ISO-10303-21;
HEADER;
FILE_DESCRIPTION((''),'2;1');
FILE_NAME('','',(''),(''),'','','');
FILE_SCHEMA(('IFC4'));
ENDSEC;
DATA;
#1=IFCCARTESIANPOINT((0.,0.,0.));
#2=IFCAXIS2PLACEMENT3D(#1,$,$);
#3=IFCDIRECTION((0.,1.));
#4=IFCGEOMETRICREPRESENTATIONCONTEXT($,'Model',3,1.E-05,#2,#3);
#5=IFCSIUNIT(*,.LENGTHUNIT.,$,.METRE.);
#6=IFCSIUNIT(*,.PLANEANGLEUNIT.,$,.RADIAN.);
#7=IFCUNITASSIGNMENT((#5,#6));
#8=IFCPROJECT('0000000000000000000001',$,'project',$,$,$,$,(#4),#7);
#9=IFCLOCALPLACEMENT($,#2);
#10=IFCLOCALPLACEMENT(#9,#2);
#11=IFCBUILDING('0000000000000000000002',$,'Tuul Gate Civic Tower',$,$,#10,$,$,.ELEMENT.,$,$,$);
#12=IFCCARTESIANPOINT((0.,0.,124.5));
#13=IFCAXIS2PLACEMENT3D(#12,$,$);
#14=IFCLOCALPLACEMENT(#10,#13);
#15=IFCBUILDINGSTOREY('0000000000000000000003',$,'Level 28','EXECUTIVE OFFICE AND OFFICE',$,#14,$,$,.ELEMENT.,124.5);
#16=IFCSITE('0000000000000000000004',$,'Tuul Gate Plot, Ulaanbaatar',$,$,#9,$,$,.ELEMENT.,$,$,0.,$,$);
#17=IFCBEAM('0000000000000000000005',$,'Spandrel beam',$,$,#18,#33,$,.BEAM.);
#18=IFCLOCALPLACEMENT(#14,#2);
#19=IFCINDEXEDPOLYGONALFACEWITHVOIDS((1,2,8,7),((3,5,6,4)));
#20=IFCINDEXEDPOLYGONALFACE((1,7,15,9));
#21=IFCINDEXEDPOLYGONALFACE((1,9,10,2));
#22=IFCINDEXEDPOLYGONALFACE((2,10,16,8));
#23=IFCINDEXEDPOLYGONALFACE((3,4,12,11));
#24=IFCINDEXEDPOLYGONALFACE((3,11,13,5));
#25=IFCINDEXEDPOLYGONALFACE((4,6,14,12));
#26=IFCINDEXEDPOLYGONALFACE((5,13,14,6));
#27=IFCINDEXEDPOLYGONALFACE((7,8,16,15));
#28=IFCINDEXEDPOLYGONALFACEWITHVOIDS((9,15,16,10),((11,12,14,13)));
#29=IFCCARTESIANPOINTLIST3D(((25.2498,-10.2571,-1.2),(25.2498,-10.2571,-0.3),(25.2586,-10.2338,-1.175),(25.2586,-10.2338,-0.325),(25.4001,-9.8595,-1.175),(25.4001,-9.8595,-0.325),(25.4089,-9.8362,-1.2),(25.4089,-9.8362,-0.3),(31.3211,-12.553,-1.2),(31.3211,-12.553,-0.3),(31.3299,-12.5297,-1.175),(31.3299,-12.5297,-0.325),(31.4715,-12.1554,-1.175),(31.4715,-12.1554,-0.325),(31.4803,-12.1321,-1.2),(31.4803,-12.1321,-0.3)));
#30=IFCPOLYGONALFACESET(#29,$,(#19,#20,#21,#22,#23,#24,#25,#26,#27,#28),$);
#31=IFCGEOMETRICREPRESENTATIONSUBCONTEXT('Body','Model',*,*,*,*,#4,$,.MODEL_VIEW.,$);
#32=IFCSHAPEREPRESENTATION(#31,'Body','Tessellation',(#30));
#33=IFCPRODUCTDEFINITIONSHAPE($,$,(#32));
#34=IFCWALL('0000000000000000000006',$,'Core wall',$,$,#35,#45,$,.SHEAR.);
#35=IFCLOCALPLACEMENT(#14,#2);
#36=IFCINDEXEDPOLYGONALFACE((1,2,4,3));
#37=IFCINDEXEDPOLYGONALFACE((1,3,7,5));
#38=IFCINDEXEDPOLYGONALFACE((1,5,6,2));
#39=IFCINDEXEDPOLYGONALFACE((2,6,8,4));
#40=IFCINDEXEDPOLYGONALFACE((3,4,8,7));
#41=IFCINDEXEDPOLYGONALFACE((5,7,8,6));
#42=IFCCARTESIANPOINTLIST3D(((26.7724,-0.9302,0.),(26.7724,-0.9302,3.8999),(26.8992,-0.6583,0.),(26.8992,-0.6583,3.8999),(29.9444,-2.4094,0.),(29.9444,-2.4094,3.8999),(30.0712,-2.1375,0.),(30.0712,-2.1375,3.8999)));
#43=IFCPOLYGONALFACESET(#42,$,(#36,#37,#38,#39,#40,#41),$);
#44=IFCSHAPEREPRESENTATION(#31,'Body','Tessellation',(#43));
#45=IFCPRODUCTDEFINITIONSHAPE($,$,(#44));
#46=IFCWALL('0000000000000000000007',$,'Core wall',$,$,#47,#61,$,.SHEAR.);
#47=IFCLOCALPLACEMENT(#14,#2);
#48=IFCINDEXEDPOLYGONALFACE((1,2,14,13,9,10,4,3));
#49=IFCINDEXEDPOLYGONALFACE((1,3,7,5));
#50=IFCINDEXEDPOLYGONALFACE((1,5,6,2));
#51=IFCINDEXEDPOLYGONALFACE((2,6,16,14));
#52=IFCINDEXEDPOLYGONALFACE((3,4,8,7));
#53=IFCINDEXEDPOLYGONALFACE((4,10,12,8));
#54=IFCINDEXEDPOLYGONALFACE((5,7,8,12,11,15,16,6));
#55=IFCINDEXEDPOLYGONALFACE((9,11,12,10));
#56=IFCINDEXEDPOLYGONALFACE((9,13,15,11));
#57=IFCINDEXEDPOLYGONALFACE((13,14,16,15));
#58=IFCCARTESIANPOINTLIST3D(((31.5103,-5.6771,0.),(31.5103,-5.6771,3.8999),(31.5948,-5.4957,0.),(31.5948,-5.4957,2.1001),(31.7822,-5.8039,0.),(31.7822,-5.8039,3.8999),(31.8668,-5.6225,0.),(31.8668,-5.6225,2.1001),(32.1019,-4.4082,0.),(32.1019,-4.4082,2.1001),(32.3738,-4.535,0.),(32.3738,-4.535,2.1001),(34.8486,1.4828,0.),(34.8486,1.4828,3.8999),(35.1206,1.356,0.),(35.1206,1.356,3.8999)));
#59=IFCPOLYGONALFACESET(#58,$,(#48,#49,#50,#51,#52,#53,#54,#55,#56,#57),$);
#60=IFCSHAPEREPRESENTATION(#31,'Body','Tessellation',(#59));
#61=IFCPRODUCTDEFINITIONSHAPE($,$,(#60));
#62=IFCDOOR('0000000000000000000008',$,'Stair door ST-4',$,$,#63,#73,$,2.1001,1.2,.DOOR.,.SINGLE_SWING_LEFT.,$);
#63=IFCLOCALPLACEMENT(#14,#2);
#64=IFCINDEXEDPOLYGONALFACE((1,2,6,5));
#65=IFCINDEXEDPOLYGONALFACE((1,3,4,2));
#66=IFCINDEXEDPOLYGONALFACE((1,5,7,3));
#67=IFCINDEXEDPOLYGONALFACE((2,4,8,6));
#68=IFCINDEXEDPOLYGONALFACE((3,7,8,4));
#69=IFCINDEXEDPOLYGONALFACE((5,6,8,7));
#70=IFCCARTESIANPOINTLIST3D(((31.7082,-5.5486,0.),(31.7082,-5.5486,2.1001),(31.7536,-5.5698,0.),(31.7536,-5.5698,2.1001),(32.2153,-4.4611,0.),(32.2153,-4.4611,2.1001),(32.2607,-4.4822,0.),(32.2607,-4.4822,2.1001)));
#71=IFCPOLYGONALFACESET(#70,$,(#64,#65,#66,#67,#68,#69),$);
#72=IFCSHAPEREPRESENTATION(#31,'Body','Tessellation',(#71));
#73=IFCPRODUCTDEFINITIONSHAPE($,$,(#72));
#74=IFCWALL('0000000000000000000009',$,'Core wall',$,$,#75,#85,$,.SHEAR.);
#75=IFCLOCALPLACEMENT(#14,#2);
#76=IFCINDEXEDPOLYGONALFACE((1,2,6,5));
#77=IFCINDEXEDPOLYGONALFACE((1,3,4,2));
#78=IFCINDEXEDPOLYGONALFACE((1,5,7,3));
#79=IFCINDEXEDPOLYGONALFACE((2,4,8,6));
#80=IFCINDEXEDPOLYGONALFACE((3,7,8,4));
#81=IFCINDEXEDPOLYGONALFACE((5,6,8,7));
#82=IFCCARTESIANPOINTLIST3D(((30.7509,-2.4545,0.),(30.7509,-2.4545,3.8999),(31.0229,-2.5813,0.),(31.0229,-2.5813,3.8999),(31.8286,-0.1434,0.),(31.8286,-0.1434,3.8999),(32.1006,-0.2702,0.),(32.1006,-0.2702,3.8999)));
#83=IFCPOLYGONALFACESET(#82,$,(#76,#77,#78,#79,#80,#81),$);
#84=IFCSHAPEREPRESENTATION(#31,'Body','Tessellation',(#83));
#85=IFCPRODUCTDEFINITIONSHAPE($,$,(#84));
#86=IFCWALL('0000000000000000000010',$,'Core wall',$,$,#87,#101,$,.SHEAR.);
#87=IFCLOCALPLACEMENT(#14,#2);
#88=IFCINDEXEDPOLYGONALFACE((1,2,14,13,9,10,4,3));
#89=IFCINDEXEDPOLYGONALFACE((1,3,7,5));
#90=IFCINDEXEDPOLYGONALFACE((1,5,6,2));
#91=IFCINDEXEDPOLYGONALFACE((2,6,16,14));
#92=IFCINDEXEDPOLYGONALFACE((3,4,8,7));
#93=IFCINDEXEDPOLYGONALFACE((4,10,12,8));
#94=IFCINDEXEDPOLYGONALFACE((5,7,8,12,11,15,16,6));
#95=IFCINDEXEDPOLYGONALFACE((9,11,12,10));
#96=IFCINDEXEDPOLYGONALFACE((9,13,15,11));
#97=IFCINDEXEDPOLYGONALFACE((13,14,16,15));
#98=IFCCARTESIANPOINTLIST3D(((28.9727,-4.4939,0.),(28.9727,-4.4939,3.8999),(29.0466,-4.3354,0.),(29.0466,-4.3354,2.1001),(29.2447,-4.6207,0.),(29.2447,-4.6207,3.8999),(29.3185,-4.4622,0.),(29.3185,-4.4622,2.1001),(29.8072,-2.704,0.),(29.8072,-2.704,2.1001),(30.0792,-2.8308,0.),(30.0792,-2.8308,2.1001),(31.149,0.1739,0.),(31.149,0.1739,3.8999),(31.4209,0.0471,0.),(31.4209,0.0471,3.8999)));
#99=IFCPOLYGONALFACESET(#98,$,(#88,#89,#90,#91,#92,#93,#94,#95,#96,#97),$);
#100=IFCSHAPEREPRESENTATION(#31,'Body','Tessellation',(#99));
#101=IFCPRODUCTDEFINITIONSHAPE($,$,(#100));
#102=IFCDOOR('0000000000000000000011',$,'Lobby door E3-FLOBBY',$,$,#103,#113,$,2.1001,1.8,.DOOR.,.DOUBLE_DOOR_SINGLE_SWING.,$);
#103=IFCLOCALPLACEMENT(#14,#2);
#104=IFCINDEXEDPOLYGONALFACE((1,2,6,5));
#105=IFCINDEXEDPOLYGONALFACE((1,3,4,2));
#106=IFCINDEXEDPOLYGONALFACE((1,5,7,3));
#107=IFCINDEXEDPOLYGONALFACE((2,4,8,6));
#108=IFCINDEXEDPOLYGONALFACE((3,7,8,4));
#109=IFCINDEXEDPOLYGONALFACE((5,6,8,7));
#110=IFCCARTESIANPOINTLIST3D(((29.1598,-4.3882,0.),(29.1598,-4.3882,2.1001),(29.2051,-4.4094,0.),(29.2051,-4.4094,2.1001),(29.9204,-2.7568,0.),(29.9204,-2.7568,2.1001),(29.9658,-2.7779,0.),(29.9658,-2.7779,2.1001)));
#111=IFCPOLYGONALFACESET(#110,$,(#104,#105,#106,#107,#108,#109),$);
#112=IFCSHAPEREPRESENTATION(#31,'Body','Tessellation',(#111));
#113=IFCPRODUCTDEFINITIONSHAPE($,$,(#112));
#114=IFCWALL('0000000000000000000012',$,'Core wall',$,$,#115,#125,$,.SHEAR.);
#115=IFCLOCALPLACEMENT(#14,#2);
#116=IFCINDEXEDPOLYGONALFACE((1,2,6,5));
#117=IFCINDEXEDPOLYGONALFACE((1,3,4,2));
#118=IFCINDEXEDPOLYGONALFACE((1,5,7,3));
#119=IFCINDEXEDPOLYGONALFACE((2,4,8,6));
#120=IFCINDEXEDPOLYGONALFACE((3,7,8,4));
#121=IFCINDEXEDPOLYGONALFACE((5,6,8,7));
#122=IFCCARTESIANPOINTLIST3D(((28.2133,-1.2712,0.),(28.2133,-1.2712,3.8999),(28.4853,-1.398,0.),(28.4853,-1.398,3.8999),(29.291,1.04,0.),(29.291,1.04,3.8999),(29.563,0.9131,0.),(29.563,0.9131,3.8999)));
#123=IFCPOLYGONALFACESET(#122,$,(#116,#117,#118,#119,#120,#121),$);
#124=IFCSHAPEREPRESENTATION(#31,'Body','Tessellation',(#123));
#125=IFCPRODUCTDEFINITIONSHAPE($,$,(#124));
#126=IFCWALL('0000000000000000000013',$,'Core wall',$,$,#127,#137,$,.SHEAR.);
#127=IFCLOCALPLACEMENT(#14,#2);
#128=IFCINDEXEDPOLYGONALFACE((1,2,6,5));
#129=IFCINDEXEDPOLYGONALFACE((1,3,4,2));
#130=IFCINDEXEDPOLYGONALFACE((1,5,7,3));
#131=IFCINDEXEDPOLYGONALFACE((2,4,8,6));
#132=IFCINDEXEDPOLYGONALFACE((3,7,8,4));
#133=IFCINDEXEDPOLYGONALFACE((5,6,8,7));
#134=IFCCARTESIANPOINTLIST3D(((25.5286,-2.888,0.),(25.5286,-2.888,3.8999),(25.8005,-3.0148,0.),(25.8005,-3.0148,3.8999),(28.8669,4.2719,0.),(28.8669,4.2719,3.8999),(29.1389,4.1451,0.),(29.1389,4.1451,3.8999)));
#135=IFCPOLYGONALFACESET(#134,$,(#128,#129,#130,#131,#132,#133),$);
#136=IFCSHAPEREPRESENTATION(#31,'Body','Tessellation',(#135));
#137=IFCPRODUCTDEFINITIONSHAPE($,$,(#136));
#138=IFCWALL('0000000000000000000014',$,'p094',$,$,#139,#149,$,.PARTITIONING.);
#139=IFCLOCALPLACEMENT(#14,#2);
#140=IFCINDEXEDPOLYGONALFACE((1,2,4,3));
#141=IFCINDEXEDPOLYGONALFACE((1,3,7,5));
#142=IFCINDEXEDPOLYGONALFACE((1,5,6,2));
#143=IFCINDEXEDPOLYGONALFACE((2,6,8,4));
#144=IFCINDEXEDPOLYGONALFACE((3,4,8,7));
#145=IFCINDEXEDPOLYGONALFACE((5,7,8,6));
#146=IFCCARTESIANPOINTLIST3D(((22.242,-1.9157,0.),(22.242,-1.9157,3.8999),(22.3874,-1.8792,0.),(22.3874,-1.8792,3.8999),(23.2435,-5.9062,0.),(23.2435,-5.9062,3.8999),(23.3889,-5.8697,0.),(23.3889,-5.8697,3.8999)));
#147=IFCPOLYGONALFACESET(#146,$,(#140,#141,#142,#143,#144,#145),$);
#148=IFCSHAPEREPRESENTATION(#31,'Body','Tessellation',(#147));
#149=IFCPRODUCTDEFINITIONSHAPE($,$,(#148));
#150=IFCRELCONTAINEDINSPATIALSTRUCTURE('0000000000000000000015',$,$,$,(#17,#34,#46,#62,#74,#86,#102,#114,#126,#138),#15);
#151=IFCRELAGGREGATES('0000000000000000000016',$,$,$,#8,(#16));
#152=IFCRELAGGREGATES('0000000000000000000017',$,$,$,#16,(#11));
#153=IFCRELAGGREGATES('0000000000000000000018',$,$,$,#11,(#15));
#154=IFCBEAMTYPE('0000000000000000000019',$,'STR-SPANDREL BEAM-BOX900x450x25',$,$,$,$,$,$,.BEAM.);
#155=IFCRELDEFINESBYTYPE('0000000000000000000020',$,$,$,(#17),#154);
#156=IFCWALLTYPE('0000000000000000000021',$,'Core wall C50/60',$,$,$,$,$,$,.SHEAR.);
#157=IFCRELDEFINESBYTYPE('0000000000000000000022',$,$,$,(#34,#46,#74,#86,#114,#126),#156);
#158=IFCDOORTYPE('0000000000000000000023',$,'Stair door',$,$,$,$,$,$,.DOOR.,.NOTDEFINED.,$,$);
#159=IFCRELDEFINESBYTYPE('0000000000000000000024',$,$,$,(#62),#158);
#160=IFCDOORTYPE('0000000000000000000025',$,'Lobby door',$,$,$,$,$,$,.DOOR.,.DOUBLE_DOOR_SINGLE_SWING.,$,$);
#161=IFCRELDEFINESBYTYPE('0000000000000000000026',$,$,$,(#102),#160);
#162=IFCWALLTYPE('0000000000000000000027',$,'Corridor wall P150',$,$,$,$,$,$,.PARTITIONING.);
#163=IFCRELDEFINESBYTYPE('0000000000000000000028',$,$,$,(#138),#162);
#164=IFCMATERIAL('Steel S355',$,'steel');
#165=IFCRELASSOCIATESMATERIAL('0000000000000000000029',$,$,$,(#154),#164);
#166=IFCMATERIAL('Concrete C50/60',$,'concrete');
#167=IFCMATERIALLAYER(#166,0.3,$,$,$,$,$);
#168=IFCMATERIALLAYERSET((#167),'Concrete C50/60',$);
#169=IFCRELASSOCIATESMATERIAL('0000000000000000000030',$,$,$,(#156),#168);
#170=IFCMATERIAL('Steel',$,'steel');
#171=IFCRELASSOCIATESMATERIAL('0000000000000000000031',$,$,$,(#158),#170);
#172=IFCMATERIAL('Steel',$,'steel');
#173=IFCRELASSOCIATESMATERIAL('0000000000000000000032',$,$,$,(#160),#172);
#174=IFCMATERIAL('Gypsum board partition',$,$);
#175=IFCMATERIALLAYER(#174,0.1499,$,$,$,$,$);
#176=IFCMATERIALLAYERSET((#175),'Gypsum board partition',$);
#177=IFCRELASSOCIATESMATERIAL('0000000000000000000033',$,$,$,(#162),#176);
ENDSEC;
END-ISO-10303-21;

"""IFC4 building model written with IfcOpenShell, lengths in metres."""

from ifc_helpers import new_model, si_unit, direction, frame, frame_2d, origin, origin_2d, place, context, subcontext, project, spatial, rectangle, hollow_rectangle, extrude, material, layer, layer_set, material_profile, profile_set, type_object, element, fill, save


model = new_model("IFC4")

# Units and contexts
model_context = context("Model", 3, precision=1e-05, world=origin(), true_north=direction((0.0, 1.0)))
body_context = subcontext(model_context, "Body", "Model", "MODEL_VIEW")
ifc_project = project(units=[si_unit("LENGTHUNIT", "METRE"), si_unit("PLANEANGLEUNIT", "RADIAN")], contexts=[model_context])

# Site, building, storey
site_placement = place(None, origin())
site = spatial("IfcSite", under=ifc_project, at=site_placement, Name="Tuul Gate Plot, Ulaanbaatar", CompositionType="ELEMENT", RefElevation=0.0)
building_placement = place(site_placement, origin())
building = spatial("IfcBuilding", under=site, at=building_placement, Name="Tuul Gate Civic Tower", CompositionType="ELEMENT")
storey_placement = place(building_placement, frame((0.0, 0.0, 124.5)))
storey = spatial("IfcBuildingStorey", under=building, at=storey_placement, Name="Level 28", Description="EXECUTIVE OFFICE AND OFFICE", CompositionType="ELEMENT", Elevation=124.5)

# Beam
ifc_material_1 = material(Name="Steel S355", Category="steel")
ifc_material_profile_1 = material_profile(ifc_material_1, hollow_rectangle(XDim=0.45, YDim=0.8999, WallThickness=0.0249, at=origin_2d()), Name="BOX900x450x25")
ifc_profile_set_1 = profile_set([ifc_material_profile_1], Name="Steel S355")
beam_type_1 = type_object("IfcBeamType", Name="STR-SPANDREL BEAM-BOX900x450x25", PredefinedType="BEAM", material=ifc_profile_set_1)
beam_1_placement = place(storey_placement, frame((25.3293, -10.0466, -0.75), z_axis=(0.935355, -0.353711, 0.0), x_axis=(0.353711, 0.935355, 0.0)))
element("IfcBeam", 1, at=beam_1_placement, inside=storey, type_object=beam_type_1, Name="Spandrel beam", PredefinedType="BEAM", context=body_context, shape_type="SweptSolid", body=[
    extrude(hollow_rectangle(XDim=0.45, YDim=0.8999, WallThickness=0.0249, at=origin_2d()), origin(), (0.0, 0.0, 1.0), 6.491),
])

# Wall
ifc_material_2 = material(Name="Concrete C50/60", Category="concrete")
ifc_layer_1 = layer(ifc_material_2, 0.3)
ifc_layer_set_1 = layer_set([ifc_layer_1], Name="Concrete C50/60")
wall_type_1 = type_object("IfcWallType", Name="Core wall C50/60", PredefinedType="SHEAR", material=ifc_layer_set_1)
wall_1_placement = place(storey_placement, frame((30.0078, -2.2734, 0.0), z_axis=(0.0, 0.0, 1.0), x_axis=(-0.906301, 0.422633, 0.0)))
element("IfcWall", 2, at=wall_1_placement, inside=storey, type_object=wall_type_1, Name="Core wall", PredefinedType="SHEAR", context=body_context, shape_type="SweptSolid", body=[
    extrude(rectangle(XDim=3.5, YDim=0.3, at=frame_2d((1.75, 0.0))), origin(), (0.0, 0.0, 1.0), 3.8999),
])

# Wall, opening, door
wall_2_placement = place(storey_placement, frame((31.6462, -5.7405, 0.0), z_axis=(0.0, 0.0, 1.0), x_axis=(0.422583, 0.906324, 0.0)))
wall_2 = element("IfcWall", 3, at=wall_2_placement, inside=storey, type_object=wall_type_1, Name="Core wall", PredefinedType="SHEAR", context=body_context, shape_type="SweptSolid", body=[
    extrude(rectangle(XDim=7.8999, YDim=0.3, at=frame_2d((3.95, 0.0))), origin(), (0.0, 0.0, 1.0), 3.8999),
])
opening_1_placement = place(wall_2_placement, frame((0.2, 0.0, 0.0)))
opening_1 = element("IfcOpeningElement", 4, at=opening_1_placement, cuts=wall_2, PredefinedType="OPENING", context=body_context, shape_type="SweptSolid", body=[
    extrude(rectangle(XDim=1.2, YDim=2.1001, at=frame_2d((0.6001, 1.05))), frame((0.0, 0.1602, 0.0), z_axis=(0.0, -1.0, 0.0), x_axis=(1.0, 0.0, 0.0)), (0.0, 0.0, 1.0), 0.3201),
])
ifc_material_3 = material(Name="Steel", Category="steel")
door_type_1 = type_object("IfcDoorType", Name="Stair door", OperationType="NOTDEFINED", PredefinedType="DOOR", material=ifc_material_3)
door_1_placement = place(opening_1_placement, origin())
door_1 = element("IfcDoor", 5, at=door_1_placement, inside=storey, type_object=door_type_1, Name="Stair door ST-4", OperationType="SINGLE_SWING_LEFT", OverallHeight=2.1001, OverallWidth=1.2, PredefinedType="DOOR", context=body_context, shape_type="SweptSolid", body=[
    extrude(rectangle(XDim=1.2, YDim=2.1001, at=frame_2d((0.6001, 1.05))), frame((0.0, 0.0249, 0.0), z_axis=(0.0, -1.0, 0.0), x_axis=(1.0, 0.0, 0.0)), (0.0, 0.0, 1.0), 0.05),
])
fill(opening_1, door_1)

# Wall
wall_3_placement = place(storey_placement, frame((30.887, -2.5178, 0.0), z_axis=(0.0, 0.0, 1.0), x_axis=(0.422613, 0.90631, 0.0)))
element("IfcWall", 6, at=wall_3_placement, inside=storey, type_object=wall_type_1, Name="Core wall", PredefinedType="SHEAR", context=body_context, shape_type="SweptSolid", body=[
    extrude(rectangle(XDim=2.55, YDim=0.3, at=frame_2d((1.2749, 0.0))), origin(), (0.0, 0.0, 1.0), 3.8999),
])

# Wall, opening, door
wall_4_placement = place(storey_placement, frame((29.1086, -4.5574, 0.0), z_axis=(0.0, 0.0, 1.0), x_axis=(0.422566, 0.906332, 0.0)))
wall_4 = element("IfcWall", 7, at=wall_4_placement, inside=storey, type_object=wall_type_1, Name="Core wall", PredefinedType="SHEAR", context=body_context, shape_type="SweptSolid", body=[
    extrude(rectangle(XDim=5.1501, YDim=0.3, at=frame_2d((2.5752, 0.0))), origin(), (0.0, 0.0, 1.0), 3.8999),
])
opening_2_placement = place(wall_4_placement, frame((0.175, 0.0, 0.0)))
opening_2 = element("IfcOpeningElement", 8, at=opening_2_placement, cuts=wall_4, PredefinedType="OPENING", context=body_context, shape_type="SweptSolid", body=[
    extrude(rectangle(XDim=1.8, YDim=2.1001, at=frame_2d((0.8999, 1.05))), frame((0.0, 0.1602, 0.0), z_axis=(0.0, -1.0, 0.0), x_axis=(1.0, 0.0, 0.0)), (0.0, 0.0, 1.0), 0.3201),
])
ifc_material_4 = material(Name="Steel", Category="steel")
door_type_2 = type_object("IfcDoorType", Name="Lobby door", OperationType="DOUBLE_DOOR_SINGLE_SWING", PredefinedType="DOOR", material=ifc_material_4)
door_2_placement = place(opening_2_placement, frame((1.8, 0.0, 0.0), z_axis=(0.0, 0.0, 1.0), x_axis=(-1.0, 0.0, 0.0)))
door_2 = element("IfcDoor", 9, at=door_2_placement, inside=storey, type_object=door_type_2, Name="Lobby door E3-FLOBBY", OperationType="DOUBLE_DOOR_SINGLE_SWING", OverallHeight=2.1001, OverallWidth=1.8, PredefinedType="DOOR", context=body_context, shape_type="SweptSolid", body=[
    extrude(rectangle(XDim=1.8, YDim=2.1001, at=frame_2d((0.9001, 1.05))), frame((0.0, 0.0249, 0.0), z_axis=(0.0, -1.0, 0.0), x_axis=(1.0, 0.0, 0.0)), (0.0, 0.0, 1.0), 0.05),
])
fill(opening_2, door_2)

# Walls
wall_5_placement = place(storey_placement, frame((28.3494, -1.3345, 0.0), z_axis=(0.0, 0.0, 1.0), x_axis=(0.422613, 0.90631, 0.0)))
element("IfcWall", 10, at=wall_5_placement, inside=storey, type_object=wall_type_1, Name="Core wall", PredefinedType="SHEAR", context=body_context, shape_type="SweptSolid", body=[
    extrude(rectangle(XDim=2.55, YDim=0.3, at=frame_2d((1.2749, 0.0))), origin(), (0.0, 0.0, 1.0), 3.8999),
])
wall_6_placement = place(storey_placement, frame((25.6646, -2.9514, 0.0), z_axis=(0.0, 0.0, 1.0), x_axis=(0.422583, 0.906324, 0.0)))
element("IfcWall", 11, at=wall_6_placement, inside=storey, type_object=wall_type_1, Name="Core wall", PredefinedType="SHEAR", context=body_context, shape_type="SweptSolid", body=[
    extrude(rectangle(XDim=7.8999, YDim=0.3, at=frame_2d((3.95, 0.0))), origin(), (0.0, 0.0, 1.0), 3.8999),
])
ifc_material_5 = material(Name="Gypsum board partition")
ifc_layer_2 = layer(ifc_material_5, 0.1499)
ifc_layer_set_2 = layer_set([ifc_layer_2], Name="Gypsum board partition")
wall_type_2 = type_object("IfcWallType", Name="Corridor wall P150", PredefinedType="PARTITIONING", material=ifc_layer_set_2)
wall_7_placement = place(storey_placement, frame((22.3147, -1.8975, 0.0), z_axis=(0.0, 0.0, 1.0), x_axis=(0.243415, -0.969922, 0.0)))
element("IfcWall", 12, at=wall_7_placement, inside=storey, type_object=wall_type_2, Name="p094", PredefinedType="PARTITIONING", context=body_context, shape_type="SweptSolid", body=[
    extrude(rectangle(XDim=4.1143, YDim=0.1499, at=frame_2d((2.0571, 0.0))), origin(), (0.0, 0.0, 1.0), 3.8999),
])

save(model, "model.ifc")
